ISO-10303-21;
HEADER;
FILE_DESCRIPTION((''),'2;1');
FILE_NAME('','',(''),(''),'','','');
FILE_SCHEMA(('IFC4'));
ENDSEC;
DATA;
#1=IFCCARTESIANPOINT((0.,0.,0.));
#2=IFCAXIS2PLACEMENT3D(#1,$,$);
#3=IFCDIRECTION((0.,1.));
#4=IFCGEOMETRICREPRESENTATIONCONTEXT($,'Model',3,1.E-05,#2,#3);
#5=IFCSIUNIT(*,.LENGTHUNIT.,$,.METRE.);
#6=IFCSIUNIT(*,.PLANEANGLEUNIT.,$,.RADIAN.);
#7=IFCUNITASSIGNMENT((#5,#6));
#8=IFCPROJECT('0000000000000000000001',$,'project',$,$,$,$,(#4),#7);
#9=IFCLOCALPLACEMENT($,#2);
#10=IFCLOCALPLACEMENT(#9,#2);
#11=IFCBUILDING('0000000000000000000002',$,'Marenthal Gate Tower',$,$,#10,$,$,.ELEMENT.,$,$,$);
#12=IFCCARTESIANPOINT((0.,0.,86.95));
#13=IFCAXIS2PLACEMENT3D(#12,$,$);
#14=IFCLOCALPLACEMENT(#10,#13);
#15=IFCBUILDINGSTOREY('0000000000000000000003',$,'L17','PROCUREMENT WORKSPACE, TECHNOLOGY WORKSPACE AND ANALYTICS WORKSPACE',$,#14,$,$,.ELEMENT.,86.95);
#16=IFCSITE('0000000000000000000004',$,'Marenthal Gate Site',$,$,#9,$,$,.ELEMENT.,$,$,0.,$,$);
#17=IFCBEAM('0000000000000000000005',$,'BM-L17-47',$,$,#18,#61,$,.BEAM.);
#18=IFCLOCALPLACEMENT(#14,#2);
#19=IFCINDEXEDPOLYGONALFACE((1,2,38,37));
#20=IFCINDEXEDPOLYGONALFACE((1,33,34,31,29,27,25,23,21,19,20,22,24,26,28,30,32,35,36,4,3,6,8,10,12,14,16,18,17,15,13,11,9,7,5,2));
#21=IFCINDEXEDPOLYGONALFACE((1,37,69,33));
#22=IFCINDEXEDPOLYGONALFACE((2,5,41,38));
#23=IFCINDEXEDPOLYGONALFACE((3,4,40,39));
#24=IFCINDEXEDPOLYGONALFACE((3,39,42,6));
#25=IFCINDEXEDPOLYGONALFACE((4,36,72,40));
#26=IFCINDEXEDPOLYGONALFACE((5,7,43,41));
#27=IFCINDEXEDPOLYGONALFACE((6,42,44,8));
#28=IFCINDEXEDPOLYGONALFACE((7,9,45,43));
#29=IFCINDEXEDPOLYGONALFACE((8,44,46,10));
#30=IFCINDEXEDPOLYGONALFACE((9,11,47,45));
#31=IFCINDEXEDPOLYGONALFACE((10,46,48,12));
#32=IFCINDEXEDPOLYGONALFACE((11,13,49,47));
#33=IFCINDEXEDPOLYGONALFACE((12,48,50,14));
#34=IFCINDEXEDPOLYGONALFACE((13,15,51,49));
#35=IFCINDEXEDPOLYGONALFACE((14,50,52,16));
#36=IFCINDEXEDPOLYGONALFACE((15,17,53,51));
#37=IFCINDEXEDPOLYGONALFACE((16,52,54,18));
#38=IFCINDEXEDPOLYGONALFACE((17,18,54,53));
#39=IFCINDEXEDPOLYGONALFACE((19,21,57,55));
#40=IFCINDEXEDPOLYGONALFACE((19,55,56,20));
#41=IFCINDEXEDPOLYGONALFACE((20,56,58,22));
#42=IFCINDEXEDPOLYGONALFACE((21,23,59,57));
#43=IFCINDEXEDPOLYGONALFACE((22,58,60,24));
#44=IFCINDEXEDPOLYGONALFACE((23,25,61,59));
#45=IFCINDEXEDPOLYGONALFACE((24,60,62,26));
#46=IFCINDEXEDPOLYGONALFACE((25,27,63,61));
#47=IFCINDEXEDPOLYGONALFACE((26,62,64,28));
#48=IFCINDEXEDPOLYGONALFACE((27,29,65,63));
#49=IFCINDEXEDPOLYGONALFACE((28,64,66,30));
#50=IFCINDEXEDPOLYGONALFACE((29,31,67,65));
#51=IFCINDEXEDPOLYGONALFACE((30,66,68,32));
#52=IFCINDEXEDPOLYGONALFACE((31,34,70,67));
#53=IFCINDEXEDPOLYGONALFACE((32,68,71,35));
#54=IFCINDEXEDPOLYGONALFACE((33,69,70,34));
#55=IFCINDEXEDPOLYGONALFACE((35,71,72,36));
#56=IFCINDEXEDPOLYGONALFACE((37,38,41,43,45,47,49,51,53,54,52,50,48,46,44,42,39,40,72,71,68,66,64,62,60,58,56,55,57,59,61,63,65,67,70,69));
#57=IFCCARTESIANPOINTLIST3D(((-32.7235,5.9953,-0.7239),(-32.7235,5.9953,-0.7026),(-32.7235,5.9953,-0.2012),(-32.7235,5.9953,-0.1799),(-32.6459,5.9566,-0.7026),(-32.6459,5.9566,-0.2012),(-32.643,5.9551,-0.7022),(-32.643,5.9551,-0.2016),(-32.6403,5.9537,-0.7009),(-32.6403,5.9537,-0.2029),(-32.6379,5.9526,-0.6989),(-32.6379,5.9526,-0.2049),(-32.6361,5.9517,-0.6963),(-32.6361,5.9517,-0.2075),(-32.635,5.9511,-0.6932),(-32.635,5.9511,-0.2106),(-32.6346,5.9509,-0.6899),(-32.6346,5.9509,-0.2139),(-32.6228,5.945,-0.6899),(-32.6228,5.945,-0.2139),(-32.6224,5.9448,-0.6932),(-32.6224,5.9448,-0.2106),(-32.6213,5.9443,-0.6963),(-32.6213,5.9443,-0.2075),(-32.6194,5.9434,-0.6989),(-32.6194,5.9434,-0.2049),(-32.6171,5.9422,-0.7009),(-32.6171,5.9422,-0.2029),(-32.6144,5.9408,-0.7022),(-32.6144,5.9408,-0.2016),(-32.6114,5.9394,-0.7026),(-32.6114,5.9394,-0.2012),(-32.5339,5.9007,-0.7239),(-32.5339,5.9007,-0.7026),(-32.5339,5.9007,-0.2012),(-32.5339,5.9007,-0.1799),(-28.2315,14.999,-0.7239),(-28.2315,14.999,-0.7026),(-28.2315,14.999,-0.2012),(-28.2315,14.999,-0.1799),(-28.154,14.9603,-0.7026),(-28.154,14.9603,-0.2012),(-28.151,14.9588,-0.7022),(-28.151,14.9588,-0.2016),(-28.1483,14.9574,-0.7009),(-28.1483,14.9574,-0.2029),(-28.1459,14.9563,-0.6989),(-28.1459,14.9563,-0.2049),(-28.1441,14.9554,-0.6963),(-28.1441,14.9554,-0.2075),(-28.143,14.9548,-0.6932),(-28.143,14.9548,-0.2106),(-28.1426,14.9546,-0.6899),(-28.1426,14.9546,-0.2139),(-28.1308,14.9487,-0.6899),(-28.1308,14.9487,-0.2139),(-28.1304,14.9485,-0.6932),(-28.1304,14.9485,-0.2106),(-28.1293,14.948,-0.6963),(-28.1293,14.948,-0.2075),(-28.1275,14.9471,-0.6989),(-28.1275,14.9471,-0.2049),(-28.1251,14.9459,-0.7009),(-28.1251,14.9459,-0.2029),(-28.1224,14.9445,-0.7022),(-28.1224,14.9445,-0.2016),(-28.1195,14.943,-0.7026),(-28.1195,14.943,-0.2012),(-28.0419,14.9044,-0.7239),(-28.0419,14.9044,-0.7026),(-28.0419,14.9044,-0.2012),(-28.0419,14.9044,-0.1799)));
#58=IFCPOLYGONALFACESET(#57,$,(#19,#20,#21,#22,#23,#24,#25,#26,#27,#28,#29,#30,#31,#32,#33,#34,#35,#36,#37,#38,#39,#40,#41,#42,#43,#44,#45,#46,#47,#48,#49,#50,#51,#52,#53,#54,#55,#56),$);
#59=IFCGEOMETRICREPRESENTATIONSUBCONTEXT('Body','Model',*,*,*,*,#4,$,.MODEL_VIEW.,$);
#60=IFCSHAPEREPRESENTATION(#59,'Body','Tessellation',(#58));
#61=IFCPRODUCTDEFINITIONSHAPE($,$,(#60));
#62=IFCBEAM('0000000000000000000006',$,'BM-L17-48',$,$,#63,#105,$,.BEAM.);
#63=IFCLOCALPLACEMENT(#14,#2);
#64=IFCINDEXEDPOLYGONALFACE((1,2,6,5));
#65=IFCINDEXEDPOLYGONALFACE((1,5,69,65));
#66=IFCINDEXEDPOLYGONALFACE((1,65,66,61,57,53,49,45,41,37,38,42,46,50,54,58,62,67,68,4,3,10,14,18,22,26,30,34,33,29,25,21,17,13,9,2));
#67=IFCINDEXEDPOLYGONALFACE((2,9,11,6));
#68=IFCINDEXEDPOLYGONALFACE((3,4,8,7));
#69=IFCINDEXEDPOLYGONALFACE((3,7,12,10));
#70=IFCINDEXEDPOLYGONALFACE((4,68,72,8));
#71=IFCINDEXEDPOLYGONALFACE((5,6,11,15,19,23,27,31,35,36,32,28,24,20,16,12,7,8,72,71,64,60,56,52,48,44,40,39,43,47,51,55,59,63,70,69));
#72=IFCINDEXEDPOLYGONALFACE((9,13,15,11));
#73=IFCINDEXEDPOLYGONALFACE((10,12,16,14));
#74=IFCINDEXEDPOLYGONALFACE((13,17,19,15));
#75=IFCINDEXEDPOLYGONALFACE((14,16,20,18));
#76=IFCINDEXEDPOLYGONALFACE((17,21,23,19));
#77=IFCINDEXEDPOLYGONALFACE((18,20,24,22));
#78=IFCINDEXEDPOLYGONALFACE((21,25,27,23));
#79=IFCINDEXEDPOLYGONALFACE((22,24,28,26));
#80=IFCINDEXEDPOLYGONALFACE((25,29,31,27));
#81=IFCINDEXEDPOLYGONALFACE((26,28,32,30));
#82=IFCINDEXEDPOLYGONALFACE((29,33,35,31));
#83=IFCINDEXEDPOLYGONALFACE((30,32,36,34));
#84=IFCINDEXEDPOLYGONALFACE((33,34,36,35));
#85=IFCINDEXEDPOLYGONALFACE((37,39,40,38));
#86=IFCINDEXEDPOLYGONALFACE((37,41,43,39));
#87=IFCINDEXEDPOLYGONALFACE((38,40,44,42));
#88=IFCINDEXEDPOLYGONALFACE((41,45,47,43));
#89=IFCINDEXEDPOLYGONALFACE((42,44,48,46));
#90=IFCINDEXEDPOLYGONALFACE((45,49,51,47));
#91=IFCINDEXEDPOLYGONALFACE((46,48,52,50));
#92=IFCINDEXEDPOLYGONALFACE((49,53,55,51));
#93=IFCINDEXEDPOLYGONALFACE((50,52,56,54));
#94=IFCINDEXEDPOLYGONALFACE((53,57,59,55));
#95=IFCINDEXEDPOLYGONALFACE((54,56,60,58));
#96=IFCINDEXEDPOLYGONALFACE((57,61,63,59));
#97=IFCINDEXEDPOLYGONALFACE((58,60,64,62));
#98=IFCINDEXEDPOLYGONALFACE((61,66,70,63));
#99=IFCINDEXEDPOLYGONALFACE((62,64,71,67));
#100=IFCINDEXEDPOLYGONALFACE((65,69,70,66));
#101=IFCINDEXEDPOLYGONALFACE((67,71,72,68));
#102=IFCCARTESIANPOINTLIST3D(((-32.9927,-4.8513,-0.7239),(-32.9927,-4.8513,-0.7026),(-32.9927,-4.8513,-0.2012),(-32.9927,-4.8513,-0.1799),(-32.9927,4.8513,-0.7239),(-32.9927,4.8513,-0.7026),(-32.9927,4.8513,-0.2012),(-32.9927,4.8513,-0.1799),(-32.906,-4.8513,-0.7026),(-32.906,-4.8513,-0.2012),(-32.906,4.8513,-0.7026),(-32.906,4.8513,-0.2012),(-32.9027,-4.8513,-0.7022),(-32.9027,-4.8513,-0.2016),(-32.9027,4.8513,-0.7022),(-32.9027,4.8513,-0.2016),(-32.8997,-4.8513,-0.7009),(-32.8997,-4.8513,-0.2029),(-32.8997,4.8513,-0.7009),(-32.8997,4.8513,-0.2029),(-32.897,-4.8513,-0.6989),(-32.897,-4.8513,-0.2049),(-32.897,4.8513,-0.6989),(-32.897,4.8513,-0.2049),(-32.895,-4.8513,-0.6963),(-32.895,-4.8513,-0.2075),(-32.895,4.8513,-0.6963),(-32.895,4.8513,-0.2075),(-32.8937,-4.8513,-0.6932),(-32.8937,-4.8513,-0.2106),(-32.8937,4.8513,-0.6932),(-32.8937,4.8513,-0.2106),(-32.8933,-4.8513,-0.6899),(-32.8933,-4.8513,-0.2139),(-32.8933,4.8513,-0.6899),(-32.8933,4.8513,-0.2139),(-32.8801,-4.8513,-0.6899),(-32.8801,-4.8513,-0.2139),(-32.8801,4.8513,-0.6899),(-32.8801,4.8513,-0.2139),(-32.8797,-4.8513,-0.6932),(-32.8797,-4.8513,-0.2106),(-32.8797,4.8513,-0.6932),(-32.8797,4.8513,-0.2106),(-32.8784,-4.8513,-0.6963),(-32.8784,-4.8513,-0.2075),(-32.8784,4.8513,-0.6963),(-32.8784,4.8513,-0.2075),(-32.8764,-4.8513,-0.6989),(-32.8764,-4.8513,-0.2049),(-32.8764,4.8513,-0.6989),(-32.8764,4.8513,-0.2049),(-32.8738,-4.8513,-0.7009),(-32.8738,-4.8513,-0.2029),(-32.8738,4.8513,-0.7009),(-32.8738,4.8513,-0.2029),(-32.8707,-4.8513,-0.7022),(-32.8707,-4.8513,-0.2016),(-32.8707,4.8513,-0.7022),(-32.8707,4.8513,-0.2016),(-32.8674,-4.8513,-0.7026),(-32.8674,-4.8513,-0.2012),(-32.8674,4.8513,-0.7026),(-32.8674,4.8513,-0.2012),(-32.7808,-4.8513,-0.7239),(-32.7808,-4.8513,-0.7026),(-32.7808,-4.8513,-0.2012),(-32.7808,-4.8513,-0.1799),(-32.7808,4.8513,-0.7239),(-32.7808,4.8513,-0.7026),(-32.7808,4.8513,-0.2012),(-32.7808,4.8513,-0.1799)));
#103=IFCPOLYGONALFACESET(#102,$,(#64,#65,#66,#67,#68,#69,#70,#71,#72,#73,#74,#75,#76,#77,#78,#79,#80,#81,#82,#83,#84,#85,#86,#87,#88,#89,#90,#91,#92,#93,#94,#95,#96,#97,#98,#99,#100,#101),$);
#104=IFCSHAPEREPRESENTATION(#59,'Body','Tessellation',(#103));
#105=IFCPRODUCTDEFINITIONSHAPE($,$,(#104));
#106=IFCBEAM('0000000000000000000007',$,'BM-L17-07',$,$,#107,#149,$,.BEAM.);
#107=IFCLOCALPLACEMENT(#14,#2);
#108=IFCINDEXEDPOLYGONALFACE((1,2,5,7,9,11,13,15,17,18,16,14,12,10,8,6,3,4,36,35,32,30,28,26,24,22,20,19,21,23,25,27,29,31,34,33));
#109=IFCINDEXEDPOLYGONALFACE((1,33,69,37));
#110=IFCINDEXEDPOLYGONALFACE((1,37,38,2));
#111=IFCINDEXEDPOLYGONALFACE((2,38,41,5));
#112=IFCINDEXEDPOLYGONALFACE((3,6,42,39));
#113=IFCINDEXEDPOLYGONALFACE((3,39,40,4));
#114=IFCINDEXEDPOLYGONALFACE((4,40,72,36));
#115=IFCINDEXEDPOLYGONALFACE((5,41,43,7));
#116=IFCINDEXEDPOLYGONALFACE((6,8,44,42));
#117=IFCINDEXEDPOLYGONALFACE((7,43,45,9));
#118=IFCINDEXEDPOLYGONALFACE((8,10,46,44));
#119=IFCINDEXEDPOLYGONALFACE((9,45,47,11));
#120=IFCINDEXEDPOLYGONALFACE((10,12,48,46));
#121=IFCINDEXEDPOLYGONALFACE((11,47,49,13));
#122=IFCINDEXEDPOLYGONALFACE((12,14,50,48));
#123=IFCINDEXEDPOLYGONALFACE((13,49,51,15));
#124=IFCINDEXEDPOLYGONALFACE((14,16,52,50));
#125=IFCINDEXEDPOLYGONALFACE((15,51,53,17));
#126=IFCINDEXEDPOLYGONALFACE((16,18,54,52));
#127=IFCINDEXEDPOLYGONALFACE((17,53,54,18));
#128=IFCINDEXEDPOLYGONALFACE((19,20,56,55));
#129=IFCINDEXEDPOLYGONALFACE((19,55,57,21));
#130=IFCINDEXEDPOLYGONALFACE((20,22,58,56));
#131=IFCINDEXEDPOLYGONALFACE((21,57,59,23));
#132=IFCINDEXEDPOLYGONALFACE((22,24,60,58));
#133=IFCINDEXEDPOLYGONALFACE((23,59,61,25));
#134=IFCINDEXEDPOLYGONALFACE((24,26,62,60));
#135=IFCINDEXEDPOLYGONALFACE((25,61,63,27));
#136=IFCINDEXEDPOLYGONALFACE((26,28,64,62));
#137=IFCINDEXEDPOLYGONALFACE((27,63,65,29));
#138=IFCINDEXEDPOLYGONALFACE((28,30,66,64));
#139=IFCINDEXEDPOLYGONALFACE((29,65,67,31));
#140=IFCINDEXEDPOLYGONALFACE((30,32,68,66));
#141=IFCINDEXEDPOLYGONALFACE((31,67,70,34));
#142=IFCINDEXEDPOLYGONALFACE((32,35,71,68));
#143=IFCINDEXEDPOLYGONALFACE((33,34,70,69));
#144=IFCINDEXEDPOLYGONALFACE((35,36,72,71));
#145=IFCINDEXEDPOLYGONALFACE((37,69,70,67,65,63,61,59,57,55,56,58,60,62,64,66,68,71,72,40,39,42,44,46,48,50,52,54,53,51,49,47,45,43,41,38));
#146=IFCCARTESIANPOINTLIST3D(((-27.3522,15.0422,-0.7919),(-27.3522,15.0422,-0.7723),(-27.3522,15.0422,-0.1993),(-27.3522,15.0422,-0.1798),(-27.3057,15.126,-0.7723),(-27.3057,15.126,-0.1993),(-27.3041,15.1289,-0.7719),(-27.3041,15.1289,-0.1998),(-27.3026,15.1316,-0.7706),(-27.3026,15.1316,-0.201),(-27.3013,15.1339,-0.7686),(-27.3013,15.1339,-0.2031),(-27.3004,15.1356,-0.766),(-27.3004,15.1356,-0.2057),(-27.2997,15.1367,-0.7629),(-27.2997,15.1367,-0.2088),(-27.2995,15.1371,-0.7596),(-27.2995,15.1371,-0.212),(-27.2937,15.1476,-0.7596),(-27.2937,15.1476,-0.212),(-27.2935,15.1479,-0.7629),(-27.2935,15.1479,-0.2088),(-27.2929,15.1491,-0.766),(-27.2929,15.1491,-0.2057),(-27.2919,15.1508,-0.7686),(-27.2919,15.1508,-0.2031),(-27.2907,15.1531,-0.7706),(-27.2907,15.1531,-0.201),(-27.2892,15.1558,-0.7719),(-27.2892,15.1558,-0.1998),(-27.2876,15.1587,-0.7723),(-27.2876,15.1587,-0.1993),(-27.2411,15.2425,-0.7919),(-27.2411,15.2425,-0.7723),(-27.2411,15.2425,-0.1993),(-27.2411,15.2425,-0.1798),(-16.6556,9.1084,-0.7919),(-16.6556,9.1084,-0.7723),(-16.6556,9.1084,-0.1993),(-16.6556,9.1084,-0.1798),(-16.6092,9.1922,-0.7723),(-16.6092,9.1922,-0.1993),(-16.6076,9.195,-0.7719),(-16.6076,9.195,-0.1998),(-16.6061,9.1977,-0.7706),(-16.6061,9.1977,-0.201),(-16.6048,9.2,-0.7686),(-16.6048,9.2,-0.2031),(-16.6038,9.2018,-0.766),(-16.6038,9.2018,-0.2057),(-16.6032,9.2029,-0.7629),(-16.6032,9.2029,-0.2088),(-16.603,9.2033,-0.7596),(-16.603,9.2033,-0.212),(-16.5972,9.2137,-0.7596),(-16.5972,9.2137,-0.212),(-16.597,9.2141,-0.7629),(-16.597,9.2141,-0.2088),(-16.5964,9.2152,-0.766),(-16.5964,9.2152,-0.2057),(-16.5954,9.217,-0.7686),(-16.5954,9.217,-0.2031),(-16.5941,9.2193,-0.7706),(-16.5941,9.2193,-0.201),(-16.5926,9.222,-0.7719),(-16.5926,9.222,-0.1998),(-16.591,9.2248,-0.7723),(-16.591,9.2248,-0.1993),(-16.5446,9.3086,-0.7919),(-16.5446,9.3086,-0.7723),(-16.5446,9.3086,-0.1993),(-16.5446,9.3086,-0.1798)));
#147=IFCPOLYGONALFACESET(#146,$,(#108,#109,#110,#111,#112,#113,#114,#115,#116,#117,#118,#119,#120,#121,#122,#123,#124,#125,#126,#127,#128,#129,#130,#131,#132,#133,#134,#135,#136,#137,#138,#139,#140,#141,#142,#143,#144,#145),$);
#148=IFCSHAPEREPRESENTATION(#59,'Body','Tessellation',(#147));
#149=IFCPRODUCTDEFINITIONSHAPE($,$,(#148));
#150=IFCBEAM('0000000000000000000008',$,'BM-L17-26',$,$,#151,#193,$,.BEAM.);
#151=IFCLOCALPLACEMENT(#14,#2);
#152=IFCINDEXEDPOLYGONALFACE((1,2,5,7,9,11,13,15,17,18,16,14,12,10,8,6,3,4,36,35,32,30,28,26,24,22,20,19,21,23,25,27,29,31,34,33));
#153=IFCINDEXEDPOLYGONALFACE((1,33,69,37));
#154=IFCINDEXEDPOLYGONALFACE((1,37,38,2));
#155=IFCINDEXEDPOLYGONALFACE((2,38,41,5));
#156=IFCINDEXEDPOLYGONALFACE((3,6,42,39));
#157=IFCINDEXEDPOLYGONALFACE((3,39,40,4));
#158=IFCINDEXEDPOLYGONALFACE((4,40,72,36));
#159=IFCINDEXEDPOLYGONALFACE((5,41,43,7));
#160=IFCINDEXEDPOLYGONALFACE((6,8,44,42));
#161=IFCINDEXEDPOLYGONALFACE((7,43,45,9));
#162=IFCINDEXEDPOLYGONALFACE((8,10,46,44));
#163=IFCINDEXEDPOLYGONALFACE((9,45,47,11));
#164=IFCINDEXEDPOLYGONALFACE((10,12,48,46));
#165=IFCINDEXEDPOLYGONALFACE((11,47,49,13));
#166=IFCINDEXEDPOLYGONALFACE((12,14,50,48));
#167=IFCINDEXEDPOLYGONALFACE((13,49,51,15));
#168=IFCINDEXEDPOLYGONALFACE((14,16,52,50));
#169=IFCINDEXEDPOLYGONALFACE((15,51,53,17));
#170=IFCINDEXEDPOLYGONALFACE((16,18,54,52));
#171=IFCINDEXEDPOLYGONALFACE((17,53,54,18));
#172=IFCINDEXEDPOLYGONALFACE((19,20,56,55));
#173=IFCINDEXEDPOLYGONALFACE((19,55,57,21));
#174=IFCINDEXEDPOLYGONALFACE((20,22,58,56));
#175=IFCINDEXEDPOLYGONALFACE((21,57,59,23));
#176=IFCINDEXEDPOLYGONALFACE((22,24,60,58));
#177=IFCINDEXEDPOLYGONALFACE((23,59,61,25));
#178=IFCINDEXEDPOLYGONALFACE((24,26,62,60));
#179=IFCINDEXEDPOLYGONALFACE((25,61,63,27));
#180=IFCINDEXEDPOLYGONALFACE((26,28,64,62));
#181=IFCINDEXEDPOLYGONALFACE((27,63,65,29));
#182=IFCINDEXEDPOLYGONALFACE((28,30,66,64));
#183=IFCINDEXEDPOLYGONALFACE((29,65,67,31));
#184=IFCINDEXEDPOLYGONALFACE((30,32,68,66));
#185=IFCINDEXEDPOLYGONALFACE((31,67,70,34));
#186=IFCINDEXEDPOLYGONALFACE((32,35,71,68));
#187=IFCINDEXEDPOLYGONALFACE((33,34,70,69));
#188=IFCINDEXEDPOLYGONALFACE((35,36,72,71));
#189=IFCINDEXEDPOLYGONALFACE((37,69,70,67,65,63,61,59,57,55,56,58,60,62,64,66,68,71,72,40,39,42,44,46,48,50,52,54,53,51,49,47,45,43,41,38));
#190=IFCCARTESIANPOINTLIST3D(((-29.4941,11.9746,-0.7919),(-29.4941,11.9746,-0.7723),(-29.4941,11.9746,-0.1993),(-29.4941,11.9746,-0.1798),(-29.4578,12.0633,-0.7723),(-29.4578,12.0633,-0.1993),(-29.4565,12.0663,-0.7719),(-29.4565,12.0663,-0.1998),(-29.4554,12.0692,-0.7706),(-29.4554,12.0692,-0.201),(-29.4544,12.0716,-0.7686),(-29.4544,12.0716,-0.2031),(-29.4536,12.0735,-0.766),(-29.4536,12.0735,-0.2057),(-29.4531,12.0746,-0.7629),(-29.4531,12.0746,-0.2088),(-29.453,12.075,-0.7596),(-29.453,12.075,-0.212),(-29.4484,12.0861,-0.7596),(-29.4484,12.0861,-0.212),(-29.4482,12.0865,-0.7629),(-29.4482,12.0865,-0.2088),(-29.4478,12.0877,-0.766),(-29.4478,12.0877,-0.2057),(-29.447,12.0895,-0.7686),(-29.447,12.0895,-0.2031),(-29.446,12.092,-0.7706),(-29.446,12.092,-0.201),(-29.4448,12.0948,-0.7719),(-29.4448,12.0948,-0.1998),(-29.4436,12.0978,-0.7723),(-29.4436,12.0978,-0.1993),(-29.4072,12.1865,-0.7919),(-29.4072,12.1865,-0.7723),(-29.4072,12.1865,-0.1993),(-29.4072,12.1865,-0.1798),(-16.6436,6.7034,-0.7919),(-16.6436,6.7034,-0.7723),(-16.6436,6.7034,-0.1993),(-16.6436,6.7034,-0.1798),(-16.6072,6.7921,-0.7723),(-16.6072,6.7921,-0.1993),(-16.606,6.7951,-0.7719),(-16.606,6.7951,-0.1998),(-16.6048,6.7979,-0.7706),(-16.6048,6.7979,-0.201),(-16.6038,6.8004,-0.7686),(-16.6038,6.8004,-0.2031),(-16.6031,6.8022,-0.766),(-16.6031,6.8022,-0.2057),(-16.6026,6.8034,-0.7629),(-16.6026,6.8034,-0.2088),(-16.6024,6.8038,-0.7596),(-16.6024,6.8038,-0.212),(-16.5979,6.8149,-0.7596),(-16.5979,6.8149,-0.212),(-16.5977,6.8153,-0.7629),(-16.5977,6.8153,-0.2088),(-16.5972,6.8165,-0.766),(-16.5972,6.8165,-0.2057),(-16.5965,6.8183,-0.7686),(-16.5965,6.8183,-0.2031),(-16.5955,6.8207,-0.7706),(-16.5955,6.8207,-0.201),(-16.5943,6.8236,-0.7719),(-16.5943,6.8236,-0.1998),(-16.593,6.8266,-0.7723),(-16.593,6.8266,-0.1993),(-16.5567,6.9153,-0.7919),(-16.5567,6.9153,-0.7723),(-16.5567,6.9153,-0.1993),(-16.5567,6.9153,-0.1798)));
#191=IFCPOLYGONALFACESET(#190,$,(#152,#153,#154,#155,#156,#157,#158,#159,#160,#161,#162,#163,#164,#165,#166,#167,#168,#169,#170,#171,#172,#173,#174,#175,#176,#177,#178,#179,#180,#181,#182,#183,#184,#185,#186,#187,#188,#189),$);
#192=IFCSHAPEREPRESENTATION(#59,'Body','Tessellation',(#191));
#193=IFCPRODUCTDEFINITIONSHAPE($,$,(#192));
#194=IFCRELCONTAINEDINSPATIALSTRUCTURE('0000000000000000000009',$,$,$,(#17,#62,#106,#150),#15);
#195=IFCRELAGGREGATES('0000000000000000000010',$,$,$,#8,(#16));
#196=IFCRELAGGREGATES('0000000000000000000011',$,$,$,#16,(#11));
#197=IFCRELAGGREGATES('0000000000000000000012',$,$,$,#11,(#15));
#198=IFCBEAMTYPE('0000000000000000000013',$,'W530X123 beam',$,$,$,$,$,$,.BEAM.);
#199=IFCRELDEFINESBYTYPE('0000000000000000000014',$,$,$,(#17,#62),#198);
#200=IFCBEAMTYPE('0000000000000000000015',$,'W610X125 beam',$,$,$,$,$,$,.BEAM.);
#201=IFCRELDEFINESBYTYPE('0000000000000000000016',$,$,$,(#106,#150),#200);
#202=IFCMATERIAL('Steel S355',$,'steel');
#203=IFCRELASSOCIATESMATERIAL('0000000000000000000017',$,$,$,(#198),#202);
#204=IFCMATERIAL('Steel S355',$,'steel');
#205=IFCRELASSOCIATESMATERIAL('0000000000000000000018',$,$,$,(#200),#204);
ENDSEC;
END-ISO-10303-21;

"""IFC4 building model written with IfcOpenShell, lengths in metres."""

from ifc_helpers import new_model, si_unit, direction, frame, origin, origin_2d, place, context, subcontext, project, spatial, i_section, extrude, material, material_profile, profile_set, type_object, element, save


model = new_model("IFC4")

# Units and contexts
model_context = context("Model", 3, precision=1e-05, world=origin(), true_north=direction((0.0, 1.0)))
body_context = subcontext(model_context, "Body", "Model", "MODEL_VIEW")
ifc_project = project(units=[si_unit("LENGTHUNIT", "METRE"), si_unit("PLANEANGLEUNIT", "RADIAN")], contexts=[model_context])

# Site, building, storey
site_placement = place(None, origin())
site = spatial("IfcSite", under=ifc_project, at=site_placement, Name="Marenthal Gate Site", CompositionType="ELEMENT", RefElevation=0.0)
building_placement = place(site_placement, origin())
building = spatial("IfcBuilding", under=site, at=building_placement, Name="Marenthal Gate Tower", CompositionType="ELEMENT")
storey_placement = place(building_placement, frame((0.0, 0.0, 86.95)))
storey = spatial("IfcBuildingStorey", under=building, at=storey_placement, Name="L17", Description="PROCUREMENT WORKSPACE, TECHNOLOGY WORKSPACE AND ANALYTICS WORKSPACE", CompositionType="ELEMENT", Elevation=86.95)

# Beams
ifc_material_1 = material(Name="Steel S355", Category="steel")
ifc_material_profile_1 = material_profile(ifc_material_1, i_section(OverallWidth=0.2119, OverallDepth=0.5439, WebThickness=0.0132, FlangeThickness=0.0212, FilletRadius=0.0127, at=origin_2d()), Name="W530X123")
ifc_profile_set_1 = profile_set([ifc_material_profile_1], Name="Steel S355")
beam_type_1 = type_object("IfcBeamType", Name="W530X123 beam", PredefinedType="BEAM", material=ifc_profile_set_1)
beam_1_placement = place(storey_placement, frame((-28.1367, 14.9517, -0.4519), z_axis=(-0.446427, -0.89482, 0.0), x_axis=(0.89482, -0.446427, 0.0)))
element("IfcBeam", 1, at=beam_1_placement, inside=storey, type_object=beam_type_1, Name="BM-L17-47", PredefinedType="BEAM", context=body_context, shape_type="SweptSolid", body=[
    extrude(i_section(OverallWidth=0.2119, OverallDepth=0.5439, WebThickness=0.0132, FlangeThickness=0.0212, FilletRadius=0.0127, at=origin_2d()), origin(), (0.0, 0.0, 1.0), 10.062),
])
beam_2_placement = place(storey_placement, frame((-32.8867, 4.8513, -0.4519), z_axis=(0.0, -1.0, 0.0), x_axis=(1.0, 0.0, 0.0)))
element("IfcBeam", 2, at=beam_2_placement, inside=storey, type_object=beam_type_1, Name="BM-L17-48", PredefinedType="BEAM", context=body_context, shape_type="SweptSolid", body=[
    extrude(i_section(OverallWidth=0.2119, OverallDepth=0.5439, WebThickness=0.0132, FlangeThickness=0.0212, FilletRadius=0.0127, at=origin_2d()), origin(), (0.0, 0.0, 1.0), 9.7026),
])
ifc_material_2 = material(Name="Steel S355", Category="steel")
ifc_material_profile_2 = material_profile(ifc_material_2, i_section(OverallWidth=0.229, OverallDepth=0.6121, WebThickness=0.012, FlangeThickness=0.0195, FilletRadius=0.0127, at=origin_2d()), Name="W610X125")
ifc_profile_set_2 = profile_set([ifc_material_profile_2], Name="Steel S355")
beam_type_2 = type_object("IfcBeamType", Name="W610X125 beam", PredefinedType="BEAM", material=ifc_profile_set_2)
beam_3_placement = place(storey_placement, frame((-27.2966, 15.1423, -0.4858), z_axis=(0.874458, -0.485101, 0.0), x_axis=(0.485101, 0.874458, 0.0)))
element("IfcBeam", 3, at=beam_3_placement, inside=storey, type_object=beam_type_2, Name="BM-L17-07", PredefinedType="BEAM", context=body_context, shape_type="SweptSolid", body=[
    extrude(i_section(OverallWidth=0.229, OverallDepth=0.6121, WebThickness=0.012, FlangeThickness=0.0195, FilletRadius=0.0127, at=origin_2d()), origin(), (0.0, 0.0, 1.0), 12.2322),
])
beam_4_placement = place(storey_placement, frame((-29.4507, 12.0806, -0.4858), z_axis=(0.925189, -0.379507, 0.0), x_axis=(0.379507, 0.925189, 0.0)))
element("IfcBeam", 4, at=beam_4_placement, inside=storey, type_object=beam_type_2, Name="BM-L17-26", PredefinedType="BEAM", context=body_context, shape_type="SweptSolid", body=[
    extrude(i_section(OverallWidth=0.229, OverallDepth=0.6121, WebThickness=0.012, FlangeThickness=0.0195, FilletRadius=0.0127, at=origin_2d()), origin(), (0.0, 0.0, 1.0), 13.8896),
])

save(model, "model.ifc")
